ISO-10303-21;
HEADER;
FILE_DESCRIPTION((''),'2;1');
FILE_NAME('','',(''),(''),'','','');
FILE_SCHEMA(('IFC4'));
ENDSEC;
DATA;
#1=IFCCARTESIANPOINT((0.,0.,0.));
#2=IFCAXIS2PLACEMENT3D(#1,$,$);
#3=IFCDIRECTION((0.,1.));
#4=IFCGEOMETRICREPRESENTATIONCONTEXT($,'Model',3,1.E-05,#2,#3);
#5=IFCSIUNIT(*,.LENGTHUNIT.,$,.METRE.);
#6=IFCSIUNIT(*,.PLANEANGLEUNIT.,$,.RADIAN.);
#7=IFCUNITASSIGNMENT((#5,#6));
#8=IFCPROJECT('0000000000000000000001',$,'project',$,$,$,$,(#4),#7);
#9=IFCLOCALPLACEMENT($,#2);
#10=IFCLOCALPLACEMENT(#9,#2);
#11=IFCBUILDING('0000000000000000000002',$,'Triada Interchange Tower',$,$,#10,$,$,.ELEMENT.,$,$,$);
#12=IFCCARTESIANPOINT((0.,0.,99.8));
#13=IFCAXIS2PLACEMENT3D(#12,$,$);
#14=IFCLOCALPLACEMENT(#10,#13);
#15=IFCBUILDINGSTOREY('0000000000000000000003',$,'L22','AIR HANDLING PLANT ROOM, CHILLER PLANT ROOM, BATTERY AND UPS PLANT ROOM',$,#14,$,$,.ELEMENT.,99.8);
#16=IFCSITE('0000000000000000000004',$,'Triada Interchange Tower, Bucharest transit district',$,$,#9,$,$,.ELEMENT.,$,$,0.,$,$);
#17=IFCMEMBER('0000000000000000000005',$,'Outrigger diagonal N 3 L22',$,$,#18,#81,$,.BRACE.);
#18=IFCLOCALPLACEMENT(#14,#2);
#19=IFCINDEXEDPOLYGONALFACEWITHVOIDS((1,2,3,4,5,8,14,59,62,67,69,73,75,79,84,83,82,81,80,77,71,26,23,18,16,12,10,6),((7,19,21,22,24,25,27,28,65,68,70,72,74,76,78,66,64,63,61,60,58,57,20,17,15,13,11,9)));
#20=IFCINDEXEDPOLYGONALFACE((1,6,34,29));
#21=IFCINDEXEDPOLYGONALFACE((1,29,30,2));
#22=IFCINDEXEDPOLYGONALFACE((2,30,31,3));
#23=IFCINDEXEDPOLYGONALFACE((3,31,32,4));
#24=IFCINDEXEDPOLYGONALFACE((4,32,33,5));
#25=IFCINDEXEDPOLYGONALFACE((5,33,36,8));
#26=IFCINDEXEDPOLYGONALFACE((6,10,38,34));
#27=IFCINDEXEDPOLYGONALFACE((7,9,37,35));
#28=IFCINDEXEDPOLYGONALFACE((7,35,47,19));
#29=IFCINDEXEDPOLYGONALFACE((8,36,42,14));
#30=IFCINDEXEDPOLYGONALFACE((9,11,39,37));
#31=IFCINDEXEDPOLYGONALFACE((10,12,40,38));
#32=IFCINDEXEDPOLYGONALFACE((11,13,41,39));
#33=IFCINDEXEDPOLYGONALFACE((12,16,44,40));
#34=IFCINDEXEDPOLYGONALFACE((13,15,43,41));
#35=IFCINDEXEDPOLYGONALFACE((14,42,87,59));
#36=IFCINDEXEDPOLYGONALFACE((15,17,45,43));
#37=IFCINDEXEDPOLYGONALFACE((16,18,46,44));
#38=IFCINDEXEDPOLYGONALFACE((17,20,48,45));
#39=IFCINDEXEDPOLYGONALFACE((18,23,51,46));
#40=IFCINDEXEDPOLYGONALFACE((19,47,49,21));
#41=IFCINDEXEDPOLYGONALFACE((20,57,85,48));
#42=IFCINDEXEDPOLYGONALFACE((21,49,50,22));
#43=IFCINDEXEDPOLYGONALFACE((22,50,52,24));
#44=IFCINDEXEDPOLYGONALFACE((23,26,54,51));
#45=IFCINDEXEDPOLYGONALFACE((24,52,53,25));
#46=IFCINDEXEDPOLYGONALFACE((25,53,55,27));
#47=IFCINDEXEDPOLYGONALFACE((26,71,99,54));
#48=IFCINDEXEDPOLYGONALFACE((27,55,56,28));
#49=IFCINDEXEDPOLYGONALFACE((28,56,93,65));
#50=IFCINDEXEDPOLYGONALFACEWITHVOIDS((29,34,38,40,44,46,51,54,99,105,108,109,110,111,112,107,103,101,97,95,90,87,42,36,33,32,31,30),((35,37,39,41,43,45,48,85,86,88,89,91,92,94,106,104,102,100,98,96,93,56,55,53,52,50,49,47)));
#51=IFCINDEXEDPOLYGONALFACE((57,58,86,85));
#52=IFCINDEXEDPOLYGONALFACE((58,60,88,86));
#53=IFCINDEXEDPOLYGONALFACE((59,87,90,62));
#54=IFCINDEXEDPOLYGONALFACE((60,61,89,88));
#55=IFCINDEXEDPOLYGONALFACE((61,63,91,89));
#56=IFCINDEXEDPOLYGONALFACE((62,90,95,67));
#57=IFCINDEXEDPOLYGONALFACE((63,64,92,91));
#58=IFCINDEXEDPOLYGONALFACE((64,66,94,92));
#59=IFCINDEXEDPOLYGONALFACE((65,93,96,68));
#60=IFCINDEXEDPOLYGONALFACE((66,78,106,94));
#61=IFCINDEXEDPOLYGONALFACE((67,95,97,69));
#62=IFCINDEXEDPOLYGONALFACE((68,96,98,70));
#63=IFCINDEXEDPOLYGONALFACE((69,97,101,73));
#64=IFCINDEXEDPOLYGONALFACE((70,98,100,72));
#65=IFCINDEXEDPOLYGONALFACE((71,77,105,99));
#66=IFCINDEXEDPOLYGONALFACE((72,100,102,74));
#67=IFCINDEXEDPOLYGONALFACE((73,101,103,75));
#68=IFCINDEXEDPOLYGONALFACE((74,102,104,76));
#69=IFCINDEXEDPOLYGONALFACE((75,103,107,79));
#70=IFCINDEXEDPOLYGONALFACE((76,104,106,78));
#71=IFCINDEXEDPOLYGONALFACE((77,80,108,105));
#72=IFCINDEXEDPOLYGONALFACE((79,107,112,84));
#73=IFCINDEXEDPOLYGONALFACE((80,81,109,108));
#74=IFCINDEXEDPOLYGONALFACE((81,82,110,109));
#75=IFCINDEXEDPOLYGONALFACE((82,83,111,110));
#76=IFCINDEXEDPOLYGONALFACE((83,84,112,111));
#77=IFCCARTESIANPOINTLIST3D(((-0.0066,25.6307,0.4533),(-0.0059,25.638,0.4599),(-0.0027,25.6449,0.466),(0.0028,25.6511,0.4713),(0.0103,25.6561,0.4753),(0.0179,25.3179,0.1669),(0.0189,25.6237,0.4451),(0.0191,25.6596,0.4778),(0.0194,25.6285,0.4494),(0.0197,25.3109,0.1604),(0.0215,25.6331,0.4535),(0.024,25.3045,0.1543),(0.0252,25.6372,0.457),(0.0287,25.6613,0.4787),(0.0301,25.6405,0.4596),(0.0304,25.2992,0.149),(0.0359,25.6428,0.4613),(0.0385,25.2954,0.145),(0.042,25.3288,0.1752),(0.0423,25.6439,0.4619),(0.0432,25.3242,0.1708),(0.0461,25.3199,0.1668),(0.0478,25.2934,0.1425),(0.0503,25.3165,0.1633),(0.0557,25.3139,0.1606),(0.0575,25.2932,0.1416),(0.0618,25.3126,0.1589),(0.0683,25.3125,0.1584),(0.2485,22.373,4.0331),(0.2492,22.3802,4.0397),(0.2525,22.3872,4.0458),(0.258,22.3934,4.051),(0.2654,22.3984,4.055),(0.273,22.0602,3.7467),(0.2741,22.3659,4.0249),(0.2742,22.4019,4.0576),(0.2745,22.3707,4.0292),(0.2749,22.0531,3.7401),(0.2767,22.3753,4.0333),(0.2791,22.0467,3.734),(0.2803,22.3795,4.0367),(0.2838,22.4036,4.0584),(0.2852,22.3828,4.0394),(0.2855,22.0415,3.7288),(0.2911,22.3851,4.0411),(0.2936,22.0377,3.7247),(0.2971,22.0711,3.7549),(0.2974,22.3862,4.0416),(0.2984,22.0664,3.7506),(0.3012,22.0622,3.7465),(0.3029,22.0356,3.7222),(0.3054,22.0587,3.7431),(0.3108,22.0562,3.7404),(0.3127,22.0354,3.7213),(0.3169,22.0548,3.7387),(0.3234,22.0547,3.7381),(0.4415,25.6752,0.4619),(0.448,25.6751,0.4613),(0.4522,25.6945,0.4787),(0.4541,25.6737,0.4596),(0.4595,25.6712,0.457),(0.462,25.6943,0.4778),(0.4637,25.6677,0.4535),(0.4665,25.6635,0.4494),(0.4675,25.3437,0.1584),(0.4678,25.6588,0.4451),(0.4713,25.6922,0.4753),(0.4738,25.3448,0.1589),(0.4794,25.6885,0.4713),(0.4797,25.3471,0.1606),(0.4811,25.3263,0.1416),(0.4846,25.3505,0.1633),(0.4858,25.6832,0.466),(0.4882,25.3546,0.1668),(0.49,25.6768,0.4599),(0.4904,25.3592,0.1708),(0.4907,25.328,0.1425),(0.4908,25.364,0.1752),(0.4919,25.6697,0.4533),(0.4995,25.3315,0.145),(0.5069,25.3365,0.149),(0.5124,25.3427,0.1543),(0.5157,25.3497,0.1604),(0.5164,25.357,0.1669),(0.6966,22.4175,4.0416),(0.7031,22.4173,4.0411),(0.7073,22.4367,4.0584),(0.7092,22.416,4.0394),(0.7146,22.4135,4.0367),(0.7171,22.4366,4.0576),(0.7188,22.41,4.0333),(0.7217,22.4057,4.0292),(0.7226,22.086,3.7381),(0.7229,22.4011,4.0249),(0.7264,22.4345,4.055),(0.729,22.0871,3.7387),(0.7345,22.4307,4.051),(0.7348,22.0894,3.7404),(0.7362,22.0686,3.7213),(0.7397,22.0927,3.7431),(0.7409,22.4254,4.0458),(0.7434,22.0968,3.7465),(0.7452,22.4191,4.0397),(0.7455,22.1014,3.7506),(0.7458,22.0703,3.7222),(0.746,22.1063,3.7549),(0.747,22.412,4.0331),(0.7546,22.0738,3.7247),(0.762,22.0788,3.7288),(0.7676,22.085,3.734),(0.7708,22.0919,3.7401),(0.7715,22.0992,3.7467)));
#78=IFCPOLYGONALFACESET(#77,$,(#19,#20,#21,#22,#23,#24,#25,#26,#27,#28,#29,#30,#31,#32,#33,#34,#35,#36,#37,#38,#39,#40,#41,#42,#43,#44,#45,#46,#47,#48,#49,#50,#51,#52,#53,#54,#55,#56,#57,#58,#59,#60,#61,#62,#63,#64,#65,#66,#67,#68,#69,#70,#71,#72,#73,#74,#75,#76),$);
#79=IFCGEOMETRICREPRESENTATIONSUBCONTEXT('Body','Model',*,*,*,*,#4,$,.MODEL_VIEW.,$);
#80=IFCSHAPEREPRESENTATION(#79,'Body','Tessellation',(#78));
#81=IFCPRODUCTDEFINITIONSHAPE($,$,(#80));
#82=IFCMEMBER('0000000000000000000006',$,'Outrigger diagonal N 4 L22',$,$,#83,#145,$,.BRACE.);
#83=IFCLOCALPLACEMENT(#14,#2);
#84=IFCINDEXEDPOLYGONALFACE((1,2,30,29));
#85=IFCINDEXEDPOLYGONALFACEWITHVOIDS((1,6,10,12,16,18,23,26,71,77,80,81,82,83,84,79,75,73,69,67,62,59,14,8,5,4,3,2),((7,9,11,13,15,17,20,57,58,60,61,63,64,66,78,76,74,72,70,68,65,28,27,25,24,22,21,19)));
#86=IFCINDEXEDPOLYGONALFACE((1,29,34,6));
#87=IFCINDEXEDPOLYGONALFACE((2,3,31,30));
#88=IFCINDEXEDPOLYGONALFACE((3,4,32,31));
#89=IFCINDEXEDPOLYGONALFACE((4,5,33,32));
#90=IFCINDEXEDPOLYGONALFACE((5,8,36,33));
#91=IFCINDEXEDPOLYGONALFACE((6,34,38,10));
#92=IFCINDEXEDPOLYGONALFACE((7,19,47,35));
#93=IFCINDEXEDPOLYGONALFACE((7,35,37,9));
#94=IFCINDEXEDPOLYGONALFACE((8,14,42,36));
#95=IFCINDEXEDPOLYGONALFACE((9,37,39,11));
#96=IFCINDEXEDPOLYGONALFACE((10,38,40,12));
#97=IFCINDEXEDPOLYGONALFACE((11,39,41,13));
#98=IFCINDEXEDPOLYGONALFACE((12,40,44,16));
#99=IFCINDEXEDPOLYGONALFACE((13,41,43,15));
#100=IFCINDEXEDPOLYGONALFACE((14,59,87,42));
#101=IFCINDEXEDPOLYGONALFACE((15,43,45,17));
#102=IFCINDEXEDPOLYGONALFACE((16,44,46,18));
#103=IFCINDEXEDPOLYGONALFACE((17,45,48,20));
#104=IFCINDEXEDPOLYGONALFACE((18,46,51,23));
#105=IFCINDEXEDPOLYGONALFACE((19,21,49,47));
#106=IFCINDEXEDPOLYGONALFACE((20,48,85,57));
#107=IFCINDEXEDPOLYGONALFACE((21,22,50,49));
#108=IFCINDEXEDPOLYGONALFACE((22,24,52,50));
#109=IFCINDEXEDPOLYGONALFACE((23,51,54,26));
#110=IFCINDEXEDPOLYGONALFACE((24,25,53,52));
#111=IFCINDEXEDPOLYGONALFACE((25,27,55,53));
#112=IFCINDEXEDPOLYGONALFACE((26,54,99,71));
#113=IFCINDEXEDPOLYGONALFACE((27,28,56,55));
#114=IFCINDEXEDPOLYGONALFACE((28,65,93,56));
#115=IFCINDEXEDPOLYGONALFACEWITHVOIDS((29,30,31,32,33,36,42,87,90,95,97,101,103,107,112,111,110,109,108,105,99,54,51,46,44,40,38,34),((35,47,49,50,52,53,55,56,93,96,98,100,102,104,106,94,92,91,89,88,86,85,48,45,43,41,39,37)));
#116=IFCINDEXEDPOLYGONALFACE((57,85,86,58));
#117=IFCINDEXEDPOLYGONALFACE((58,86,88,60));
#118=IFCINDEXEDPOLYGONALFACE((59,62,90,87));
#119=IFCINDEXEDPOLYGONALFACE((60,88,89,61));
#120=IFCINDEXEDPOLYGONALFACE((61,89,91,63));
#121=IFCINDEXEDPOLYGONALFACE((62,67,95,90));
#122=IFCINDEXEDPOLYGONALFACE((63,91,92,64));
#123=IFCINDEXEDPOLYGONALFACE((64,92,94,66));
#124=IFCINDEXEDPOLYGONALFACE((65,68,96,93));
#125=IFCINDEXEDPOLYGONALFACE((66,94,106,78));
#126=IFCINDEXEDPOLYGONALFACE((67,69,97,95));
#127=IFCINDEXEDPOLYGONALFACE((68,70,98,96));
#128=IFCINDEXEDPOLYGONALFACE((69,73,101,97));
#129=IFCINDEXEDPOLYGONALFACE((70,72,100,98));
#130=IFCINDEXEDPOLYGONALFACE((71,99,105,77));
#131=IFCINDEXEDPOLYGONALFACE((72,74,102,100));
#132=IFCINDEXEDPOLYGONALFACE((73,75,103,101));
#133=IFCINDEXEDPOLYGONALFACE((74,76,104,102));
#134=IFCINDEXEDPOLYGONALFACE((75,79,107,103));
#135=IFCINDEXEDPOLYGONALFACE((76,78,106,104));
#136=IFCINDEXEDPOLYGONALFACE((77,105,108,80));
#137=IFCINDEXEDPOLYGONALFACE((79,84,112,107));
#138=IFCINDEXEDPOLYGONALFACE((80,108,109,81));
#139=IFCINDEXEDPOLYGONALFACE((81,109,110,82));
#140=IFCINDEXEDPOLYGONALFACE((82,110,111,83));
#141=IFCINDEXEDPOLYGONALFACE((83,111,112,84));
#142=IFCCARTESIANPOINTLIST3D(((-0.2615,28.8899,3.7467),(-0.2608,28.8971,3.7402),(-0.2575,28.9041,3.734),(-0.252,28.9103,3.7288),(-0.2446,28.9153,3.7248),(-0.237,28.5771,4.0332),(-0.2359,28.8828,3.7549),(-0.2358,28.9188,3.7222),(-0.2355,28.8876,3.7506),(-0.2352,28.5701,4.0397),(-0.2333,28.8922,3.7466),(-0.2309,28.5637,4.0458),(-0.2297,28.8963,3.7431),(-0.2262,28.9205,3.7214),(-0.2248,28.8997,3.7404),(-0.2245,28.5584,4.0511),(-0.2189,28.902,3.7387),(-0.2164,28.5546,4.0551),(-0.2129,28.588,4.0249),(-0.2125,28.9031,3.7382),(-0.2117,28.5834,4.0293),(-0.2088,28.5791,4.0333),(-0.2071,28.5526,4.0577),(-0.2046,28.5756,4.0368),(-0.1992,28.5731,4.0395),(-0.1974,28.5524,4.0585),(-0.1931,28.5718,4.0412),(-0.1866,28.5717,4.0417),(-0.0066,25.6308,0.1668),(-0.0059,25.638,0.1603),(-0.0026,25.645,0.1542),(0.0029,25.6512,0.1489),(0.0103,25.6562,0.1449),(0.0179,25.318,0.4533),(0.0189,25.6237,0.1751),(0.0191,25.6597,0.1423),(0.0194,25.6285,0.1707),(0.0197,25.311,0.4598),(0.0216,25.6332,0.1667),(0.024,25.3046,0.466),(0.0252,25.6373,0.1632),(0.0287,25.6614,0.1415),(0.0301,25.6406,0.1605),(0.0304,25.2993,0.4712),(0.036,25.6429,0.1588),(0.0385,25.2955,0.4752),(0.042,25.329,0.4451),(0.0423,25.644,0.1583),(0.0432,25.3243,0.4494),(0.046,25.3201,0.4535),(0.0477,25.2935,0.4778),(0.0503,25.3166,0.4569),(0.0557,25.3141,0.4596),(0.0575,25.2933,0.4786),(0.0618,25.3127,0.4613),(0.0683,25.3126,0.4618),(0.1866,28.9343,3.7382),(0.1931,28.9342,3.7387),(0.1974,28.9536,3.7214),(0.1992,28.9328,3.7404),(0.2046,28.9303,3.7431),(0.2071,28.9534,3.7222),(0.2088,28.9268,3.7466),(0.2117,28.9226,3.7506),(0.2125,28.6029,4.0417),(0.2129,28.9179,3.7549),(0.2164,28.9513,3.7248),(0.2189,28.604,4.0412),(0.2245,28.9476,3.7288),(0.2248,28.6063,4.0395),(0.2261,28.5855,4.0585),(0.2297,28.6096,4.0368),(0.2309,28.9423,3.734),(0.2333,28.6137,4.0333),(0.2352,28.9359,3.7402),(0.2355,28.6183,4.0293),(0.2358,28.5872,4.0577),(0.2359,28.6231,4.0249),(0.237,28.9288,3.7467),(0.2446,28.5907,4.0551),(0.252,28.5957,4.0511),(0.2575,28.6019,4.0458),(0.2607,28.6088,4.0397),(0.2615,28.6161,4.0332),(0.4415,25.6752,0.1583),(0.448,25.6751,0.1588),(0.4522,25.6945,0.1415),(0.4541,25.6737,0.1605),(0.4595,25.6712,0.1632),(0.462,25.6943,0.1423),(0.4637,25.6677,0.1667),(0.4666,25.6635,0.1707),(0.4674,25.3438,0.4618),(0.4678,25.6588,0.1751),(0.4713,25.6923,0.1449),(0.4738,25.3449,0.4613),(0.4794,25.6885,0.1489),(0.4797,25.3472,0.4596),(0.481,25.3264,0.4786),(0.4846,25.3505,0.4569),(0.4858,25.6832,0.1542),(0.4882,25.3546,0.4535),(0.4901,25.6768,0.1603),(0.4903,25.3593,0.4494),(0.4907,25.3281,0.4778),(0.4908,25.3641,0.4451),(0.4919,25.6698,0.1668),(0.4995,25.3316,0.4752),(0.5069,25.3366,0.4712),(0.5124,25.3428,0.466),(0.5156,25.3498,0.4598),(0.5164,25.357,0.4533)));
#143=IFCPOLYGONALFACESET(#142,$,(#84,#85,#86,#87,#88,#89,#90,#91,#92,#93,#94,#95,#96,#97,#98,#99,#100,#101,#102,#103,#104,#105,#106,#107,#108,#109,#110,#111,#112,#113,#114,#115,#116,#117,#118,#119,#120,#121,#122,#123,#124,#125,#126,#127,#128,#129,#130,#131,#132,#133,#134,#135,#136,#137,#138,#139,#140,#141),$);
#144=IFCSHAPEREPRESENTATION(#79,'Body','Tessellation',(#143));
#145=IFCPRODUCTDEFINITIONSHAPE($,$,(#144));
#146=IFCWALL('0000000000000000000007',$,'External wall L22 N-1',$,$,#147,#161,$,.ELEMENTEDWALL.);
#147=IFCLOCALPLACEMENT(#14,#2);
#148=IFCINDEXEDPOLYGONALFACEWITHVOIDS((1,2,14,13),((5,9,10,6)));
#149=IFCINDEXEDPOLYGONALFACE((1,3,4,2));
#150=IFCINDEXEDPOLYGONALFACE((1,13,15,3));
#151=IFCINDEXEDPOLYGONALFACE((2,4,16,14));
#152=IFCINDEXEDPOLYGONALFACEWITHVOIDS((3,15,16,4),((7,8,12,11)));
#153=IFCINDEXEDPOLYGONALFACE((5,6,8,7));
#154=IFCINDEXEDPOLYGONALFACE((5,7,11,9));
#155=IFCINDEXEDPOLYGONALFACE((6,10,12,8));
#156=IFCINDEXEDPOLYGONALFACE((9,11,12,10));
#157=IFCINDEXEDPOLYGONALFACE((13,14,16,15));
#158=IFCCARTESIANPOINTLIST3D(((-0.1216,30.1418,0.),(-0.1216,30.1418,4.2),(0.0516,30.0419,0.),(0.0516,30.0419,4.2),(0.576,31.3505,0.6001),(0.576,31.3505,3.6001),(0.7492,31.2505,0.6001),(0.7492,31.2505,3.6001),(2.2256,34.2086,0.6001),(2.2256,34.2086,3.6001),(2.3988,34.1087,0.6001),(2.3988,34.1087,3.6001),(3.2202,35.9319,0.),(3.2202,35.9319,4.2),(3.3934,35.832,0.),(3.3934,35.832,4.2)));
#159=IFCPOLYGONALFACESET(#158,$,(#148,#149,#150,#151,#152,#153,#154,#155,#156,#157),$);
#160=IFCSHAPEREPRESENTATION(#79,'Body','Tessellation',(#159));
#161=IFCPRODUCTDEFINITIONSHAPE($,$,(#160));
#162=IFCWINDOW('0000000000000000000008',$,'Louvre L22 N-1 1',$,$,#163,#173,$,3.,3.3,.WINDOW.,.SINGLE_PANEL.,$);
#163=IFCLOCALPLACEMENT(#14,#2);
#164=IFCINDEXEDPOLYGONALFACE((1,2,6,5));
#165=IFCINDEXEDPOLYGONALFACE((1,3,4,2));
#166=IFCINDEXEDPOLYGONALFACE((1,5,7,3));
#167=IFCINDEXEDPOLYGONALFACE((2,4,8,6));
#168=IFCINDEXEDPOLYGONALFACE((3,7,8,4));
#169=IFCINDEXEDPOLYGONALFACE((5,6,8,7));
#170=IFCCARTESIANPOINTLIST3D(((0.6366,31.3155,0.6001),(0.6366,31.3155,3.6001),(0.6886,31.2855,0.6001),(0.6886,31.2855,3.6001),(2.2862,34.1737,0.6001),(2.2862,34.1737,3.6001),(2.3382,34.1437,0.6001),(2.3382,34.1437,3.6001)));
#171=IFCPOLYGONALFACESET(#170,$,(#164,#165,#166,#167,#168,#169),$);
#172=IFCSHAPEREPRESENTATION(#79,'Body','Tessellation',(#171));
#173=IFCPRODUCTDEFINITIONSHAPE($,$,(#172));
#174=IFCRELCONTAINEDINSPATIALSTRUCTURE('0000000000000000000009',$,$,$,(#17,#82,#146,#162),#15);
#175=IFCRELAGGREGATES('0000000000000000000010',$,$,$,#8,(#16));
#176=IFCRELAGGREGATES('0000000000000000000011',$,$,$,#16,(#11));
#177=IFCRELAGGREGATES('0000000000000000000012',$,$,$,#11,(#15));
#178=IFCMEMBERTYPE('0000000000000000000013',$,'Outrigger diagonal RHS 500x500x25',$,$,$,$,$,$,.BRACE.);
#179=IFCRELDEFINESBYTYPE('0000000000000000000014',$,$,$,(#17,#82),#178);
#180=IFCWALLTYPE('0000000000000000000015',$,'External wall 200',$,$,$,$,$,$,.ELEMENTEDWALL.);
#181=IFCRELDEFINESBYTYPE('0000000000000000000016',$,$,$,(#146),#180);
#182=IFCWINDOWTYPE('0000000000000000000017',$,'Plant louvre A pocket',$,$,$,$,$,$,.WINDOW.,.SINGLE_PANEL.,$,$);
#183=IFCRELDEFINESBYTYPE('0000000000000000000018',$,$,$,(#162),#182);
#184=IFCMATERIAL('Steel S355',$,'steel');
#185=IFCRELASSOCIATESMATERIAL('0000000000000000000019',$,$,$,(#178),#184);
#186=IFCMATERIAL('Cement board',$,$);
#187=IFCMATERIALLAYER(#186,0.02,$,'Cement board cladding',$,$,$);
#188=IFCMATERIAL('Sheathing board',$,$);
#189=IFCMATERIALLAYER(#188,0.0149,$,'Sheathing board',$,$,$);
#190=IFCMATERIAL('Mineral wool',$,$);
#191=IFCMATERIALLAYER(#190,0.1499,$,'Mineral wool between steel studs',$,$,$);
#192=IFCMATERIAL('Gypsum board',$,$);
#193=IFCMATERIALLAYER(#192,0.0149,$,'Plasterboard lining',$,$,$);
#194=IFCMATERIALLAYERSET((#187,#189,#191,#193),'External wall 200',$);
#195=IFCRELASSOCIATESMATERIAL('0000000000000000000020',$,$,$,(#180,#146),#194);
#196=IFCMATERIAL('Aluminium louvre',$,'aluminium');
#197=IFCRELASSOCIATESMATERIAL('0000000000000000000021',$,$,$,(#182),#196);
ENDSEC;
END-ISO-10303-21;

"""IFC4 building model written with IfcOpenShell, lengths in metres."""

from ifc_helpers import new_model, si_unit, direction, frame, frame_2d, origin, origin_2d, place, context, subcontext, project, spatial, rectangle, hollow_rectangle, extrude, material, layer, layer_set, layer_usage, material_profile, profile_set, type_object, element, fill, save


model = new_model("IFC4")

# Units and contexts
model_context = context("Model", 3, precision=1e-05, world=origin(), true_north=direction((0.0, 1.0)))
body_context = subcontext(model_context, "Body", "Model", "MODEL_VIEW")
ifc_project = project(units=[si_unit("LENGTHUNIT", "METRE"), si_unit("PLANEANGLEUNIT", "RADIAN")], contexts=[model_context])

# Site, building, storey
site_placement = place(None, origin())
site = spatial("IfcSite", under=ifc_project, at=site_placement, Name="Triada Interchange Tower, Bucharest transit district", CompositionType="ELEMENT", RefElevation=0.0)
building_placement = place(site_placement, origin())
building = spatial("IfcBuilding", under=site, at=building_placement, Name="Triada Interchange Tower", CompositionType="ELEMENT")
storey_placement = place(building_placement, frame((0.0, 0.0, 99.8)))
storey = spatial("IfcBuildingStorey", under=building, at=storey_placement, Name="L22", Description="AIR HANDLING PLANT ROOM, CHILLER PLANT ROOM, BATTERY AND UPS PLANT ROOM", CompositionType="ELEMENT", Elevation=99.8)

# Members
ifc_material_1 = material(Name="Steel S355", Category="steel")
ifc_material_profile_1 = material_profile(ifc_material_1, hollow_rectangle(XDim=0.5, YDim=0.5, WallThickness=0.0249, InnerFilletRadius=0.0249, OuterFilletRadius=0.0376, at=origin_2d()), Name="RHS 500x500x25")
ifc_profile_set_1 = profile_set([ifc_material_profile_1], Name="Steel S355")
member_type_1 = type_object("IfcMemberType", Name="Outrigger diagonal RHS 500x500x25", PredefinedType="BRACE", material=ifc_profile_set_1)
member_1_placement = place(storey_placement, frame((0.51, 22.2361, 3.8899), z_axis=(-0.052636, 0.672126, -0.738563), x_axis=(-0.996948, -0.078073, 0.0)))
element("IfcMember", 1, at=member_1_placement, inside=storey, type_object=member_type_1, Name="Outrigger diagonal N 3 L22", PredefinedType="BRACE", context=body_context, shape_type="SweptSolid", body=[
    extrude(hollow_rectangle(XDim=0.5, YDim=0.5, WallThickness=0.0249, InnerFilletRadius=0.0249, OuterFilletRadius=0.0376, at=origin_2d()), origin(), (0.0, 0.0, 1.0), 4.8469),
])
member_2_placement = place(storey_placement, frame((0.2549, 25.4939, 0.3101), z_axis=(-0.052577, 0.672266, 0.73844), x_axis=(-0.996956, -0.07797, 0.0)))
element("IfcMember", 2, at=member_2_placement, inside=storey, type_object=member_type_1, Name="Outrigger diagonal N 4 L22", PredefinedType="BRACE", context=body_context, shape_type="SweptSolid", body=[
    extrude(hollow_rectangle(XDim=0.5, YDim=0.5, WallThickness=0.0249, InnerFilletRadius=0.0249, OuterFilletRadius=0.0376, at=origin_2d()), origin(), (0.0, 0.0, 1.0), 4.8479),
])

# Wall, opening, window
ifc_material_2 = material(Name="Cement board")
ifc_layer_1 = layer(ifc_material_2, 0.02, Name="Cement board cladding")
ifc_material_3 = material(Name="Sheathing board")
ifc_layer_2 = layer(ifc_material_3, 0.0149, Name="Sheathing board")
ifc_material_4 = material(Name="Mineral wool")
ifc_layer_3 = layer(ifc_material_4, 0.1499, Name="Mineral wool between steel studs")
ifc_material_5 = material(Name="Gypsum board")
ifc_layer_4 = layer(ifc_material_5, 0.0149, Name="Plasterboard lining")
ifc_layer_set_1 = layer_set([ifc_layer_1, ifc_layer_2, ifc_layer_3, ifc_layer_4], Name="External wall 200")
ifc_layer_usage = layer_usage(ifc_layer_set_1, "AXIS2", "POSITIVE", -0.1001)
wall_type = type_object("IfcWallType", Name="External wall 200", PredefinedType="ELEMENTEDWALL", material=ifc_layer_set_1)
wall_1_placement = place(storey_placement, frame((3.3069, 35.8821, 0.0), z_axis=(0.0, 0.0, 1.0), x_axis=(-0.499878, -0.866096, 0.0)))
wall_1 = element("IfcWall", 3, at=wall_1_placement, inside=storey, type_object=wall_type, material=ifc_layer_usage, Name="External wall L22 N-1", PredefinedType="ELEMENTEDWALL", context=body_context, shape_type="SweptSolid", body=[
    extrude(rectangle(XDim=6.6853, YDim=0.2, at=frame_2d((3.3428, 0.0))), origin(), (0.0, 0.0, 1.0), 4.2),
])
opening_1_placement = place(wall_1_placement, frame((1.99, 0.0, 0.6001)))
opening_1 = element("IfcOpeningElement", 4, at=opening_1_placement, cuts=wall_1, PredefinedType="OPENING", context=body_context, shape_type="SweptSolid", body=[
    extrude(rectangle(XDim=3.3, YDim=3.0, at=frame_2d((1.6499, 1.5))), frame((0.0, 0.1099, 0.0), z_axis=(0.0, -1.0, 0.0), x_axis=(1.0, 0.0, 0.0)), (0.0, 0.0, 1.0), 0.22),
])
ifc_material_6 = material(Name="Aluminium louvre", Category="aluminium")
window_type = type_object("IfcWindowType", Name="Plant louvre A pocket", PartitioningType="SINGLE_PANEL", PredefinedType="WINDOW", material=ifc_material_6)
window_1_placement = place(opening_1_placement, origin())
window_1 = element("IfcWindow", 5, at=window_1_placement, inside=storey, type_object=window_type, Name="Louvre L22 N-1 1", OverallHeight=3.0, OverallWidth=3.3, PartitioningType="SINGLE_PANEL", PredefinedType="WINDOW", context=body_context, shape_type="SweptSolid", body=[
    extrude(rectangle(XDim=3.3, YDim=3.0, at=frame_2d((1.6499, 1.5))), frame((0.0, 0.03, 0.0), z_axis=(0.0, -1.0, 0.0), x_axis=(1.0, 0.0, 0.0)), (0.0, 0.0, 1.0), 0.0601),
])
fill(opening_1, window_1)

save(model, "model.ifc")
